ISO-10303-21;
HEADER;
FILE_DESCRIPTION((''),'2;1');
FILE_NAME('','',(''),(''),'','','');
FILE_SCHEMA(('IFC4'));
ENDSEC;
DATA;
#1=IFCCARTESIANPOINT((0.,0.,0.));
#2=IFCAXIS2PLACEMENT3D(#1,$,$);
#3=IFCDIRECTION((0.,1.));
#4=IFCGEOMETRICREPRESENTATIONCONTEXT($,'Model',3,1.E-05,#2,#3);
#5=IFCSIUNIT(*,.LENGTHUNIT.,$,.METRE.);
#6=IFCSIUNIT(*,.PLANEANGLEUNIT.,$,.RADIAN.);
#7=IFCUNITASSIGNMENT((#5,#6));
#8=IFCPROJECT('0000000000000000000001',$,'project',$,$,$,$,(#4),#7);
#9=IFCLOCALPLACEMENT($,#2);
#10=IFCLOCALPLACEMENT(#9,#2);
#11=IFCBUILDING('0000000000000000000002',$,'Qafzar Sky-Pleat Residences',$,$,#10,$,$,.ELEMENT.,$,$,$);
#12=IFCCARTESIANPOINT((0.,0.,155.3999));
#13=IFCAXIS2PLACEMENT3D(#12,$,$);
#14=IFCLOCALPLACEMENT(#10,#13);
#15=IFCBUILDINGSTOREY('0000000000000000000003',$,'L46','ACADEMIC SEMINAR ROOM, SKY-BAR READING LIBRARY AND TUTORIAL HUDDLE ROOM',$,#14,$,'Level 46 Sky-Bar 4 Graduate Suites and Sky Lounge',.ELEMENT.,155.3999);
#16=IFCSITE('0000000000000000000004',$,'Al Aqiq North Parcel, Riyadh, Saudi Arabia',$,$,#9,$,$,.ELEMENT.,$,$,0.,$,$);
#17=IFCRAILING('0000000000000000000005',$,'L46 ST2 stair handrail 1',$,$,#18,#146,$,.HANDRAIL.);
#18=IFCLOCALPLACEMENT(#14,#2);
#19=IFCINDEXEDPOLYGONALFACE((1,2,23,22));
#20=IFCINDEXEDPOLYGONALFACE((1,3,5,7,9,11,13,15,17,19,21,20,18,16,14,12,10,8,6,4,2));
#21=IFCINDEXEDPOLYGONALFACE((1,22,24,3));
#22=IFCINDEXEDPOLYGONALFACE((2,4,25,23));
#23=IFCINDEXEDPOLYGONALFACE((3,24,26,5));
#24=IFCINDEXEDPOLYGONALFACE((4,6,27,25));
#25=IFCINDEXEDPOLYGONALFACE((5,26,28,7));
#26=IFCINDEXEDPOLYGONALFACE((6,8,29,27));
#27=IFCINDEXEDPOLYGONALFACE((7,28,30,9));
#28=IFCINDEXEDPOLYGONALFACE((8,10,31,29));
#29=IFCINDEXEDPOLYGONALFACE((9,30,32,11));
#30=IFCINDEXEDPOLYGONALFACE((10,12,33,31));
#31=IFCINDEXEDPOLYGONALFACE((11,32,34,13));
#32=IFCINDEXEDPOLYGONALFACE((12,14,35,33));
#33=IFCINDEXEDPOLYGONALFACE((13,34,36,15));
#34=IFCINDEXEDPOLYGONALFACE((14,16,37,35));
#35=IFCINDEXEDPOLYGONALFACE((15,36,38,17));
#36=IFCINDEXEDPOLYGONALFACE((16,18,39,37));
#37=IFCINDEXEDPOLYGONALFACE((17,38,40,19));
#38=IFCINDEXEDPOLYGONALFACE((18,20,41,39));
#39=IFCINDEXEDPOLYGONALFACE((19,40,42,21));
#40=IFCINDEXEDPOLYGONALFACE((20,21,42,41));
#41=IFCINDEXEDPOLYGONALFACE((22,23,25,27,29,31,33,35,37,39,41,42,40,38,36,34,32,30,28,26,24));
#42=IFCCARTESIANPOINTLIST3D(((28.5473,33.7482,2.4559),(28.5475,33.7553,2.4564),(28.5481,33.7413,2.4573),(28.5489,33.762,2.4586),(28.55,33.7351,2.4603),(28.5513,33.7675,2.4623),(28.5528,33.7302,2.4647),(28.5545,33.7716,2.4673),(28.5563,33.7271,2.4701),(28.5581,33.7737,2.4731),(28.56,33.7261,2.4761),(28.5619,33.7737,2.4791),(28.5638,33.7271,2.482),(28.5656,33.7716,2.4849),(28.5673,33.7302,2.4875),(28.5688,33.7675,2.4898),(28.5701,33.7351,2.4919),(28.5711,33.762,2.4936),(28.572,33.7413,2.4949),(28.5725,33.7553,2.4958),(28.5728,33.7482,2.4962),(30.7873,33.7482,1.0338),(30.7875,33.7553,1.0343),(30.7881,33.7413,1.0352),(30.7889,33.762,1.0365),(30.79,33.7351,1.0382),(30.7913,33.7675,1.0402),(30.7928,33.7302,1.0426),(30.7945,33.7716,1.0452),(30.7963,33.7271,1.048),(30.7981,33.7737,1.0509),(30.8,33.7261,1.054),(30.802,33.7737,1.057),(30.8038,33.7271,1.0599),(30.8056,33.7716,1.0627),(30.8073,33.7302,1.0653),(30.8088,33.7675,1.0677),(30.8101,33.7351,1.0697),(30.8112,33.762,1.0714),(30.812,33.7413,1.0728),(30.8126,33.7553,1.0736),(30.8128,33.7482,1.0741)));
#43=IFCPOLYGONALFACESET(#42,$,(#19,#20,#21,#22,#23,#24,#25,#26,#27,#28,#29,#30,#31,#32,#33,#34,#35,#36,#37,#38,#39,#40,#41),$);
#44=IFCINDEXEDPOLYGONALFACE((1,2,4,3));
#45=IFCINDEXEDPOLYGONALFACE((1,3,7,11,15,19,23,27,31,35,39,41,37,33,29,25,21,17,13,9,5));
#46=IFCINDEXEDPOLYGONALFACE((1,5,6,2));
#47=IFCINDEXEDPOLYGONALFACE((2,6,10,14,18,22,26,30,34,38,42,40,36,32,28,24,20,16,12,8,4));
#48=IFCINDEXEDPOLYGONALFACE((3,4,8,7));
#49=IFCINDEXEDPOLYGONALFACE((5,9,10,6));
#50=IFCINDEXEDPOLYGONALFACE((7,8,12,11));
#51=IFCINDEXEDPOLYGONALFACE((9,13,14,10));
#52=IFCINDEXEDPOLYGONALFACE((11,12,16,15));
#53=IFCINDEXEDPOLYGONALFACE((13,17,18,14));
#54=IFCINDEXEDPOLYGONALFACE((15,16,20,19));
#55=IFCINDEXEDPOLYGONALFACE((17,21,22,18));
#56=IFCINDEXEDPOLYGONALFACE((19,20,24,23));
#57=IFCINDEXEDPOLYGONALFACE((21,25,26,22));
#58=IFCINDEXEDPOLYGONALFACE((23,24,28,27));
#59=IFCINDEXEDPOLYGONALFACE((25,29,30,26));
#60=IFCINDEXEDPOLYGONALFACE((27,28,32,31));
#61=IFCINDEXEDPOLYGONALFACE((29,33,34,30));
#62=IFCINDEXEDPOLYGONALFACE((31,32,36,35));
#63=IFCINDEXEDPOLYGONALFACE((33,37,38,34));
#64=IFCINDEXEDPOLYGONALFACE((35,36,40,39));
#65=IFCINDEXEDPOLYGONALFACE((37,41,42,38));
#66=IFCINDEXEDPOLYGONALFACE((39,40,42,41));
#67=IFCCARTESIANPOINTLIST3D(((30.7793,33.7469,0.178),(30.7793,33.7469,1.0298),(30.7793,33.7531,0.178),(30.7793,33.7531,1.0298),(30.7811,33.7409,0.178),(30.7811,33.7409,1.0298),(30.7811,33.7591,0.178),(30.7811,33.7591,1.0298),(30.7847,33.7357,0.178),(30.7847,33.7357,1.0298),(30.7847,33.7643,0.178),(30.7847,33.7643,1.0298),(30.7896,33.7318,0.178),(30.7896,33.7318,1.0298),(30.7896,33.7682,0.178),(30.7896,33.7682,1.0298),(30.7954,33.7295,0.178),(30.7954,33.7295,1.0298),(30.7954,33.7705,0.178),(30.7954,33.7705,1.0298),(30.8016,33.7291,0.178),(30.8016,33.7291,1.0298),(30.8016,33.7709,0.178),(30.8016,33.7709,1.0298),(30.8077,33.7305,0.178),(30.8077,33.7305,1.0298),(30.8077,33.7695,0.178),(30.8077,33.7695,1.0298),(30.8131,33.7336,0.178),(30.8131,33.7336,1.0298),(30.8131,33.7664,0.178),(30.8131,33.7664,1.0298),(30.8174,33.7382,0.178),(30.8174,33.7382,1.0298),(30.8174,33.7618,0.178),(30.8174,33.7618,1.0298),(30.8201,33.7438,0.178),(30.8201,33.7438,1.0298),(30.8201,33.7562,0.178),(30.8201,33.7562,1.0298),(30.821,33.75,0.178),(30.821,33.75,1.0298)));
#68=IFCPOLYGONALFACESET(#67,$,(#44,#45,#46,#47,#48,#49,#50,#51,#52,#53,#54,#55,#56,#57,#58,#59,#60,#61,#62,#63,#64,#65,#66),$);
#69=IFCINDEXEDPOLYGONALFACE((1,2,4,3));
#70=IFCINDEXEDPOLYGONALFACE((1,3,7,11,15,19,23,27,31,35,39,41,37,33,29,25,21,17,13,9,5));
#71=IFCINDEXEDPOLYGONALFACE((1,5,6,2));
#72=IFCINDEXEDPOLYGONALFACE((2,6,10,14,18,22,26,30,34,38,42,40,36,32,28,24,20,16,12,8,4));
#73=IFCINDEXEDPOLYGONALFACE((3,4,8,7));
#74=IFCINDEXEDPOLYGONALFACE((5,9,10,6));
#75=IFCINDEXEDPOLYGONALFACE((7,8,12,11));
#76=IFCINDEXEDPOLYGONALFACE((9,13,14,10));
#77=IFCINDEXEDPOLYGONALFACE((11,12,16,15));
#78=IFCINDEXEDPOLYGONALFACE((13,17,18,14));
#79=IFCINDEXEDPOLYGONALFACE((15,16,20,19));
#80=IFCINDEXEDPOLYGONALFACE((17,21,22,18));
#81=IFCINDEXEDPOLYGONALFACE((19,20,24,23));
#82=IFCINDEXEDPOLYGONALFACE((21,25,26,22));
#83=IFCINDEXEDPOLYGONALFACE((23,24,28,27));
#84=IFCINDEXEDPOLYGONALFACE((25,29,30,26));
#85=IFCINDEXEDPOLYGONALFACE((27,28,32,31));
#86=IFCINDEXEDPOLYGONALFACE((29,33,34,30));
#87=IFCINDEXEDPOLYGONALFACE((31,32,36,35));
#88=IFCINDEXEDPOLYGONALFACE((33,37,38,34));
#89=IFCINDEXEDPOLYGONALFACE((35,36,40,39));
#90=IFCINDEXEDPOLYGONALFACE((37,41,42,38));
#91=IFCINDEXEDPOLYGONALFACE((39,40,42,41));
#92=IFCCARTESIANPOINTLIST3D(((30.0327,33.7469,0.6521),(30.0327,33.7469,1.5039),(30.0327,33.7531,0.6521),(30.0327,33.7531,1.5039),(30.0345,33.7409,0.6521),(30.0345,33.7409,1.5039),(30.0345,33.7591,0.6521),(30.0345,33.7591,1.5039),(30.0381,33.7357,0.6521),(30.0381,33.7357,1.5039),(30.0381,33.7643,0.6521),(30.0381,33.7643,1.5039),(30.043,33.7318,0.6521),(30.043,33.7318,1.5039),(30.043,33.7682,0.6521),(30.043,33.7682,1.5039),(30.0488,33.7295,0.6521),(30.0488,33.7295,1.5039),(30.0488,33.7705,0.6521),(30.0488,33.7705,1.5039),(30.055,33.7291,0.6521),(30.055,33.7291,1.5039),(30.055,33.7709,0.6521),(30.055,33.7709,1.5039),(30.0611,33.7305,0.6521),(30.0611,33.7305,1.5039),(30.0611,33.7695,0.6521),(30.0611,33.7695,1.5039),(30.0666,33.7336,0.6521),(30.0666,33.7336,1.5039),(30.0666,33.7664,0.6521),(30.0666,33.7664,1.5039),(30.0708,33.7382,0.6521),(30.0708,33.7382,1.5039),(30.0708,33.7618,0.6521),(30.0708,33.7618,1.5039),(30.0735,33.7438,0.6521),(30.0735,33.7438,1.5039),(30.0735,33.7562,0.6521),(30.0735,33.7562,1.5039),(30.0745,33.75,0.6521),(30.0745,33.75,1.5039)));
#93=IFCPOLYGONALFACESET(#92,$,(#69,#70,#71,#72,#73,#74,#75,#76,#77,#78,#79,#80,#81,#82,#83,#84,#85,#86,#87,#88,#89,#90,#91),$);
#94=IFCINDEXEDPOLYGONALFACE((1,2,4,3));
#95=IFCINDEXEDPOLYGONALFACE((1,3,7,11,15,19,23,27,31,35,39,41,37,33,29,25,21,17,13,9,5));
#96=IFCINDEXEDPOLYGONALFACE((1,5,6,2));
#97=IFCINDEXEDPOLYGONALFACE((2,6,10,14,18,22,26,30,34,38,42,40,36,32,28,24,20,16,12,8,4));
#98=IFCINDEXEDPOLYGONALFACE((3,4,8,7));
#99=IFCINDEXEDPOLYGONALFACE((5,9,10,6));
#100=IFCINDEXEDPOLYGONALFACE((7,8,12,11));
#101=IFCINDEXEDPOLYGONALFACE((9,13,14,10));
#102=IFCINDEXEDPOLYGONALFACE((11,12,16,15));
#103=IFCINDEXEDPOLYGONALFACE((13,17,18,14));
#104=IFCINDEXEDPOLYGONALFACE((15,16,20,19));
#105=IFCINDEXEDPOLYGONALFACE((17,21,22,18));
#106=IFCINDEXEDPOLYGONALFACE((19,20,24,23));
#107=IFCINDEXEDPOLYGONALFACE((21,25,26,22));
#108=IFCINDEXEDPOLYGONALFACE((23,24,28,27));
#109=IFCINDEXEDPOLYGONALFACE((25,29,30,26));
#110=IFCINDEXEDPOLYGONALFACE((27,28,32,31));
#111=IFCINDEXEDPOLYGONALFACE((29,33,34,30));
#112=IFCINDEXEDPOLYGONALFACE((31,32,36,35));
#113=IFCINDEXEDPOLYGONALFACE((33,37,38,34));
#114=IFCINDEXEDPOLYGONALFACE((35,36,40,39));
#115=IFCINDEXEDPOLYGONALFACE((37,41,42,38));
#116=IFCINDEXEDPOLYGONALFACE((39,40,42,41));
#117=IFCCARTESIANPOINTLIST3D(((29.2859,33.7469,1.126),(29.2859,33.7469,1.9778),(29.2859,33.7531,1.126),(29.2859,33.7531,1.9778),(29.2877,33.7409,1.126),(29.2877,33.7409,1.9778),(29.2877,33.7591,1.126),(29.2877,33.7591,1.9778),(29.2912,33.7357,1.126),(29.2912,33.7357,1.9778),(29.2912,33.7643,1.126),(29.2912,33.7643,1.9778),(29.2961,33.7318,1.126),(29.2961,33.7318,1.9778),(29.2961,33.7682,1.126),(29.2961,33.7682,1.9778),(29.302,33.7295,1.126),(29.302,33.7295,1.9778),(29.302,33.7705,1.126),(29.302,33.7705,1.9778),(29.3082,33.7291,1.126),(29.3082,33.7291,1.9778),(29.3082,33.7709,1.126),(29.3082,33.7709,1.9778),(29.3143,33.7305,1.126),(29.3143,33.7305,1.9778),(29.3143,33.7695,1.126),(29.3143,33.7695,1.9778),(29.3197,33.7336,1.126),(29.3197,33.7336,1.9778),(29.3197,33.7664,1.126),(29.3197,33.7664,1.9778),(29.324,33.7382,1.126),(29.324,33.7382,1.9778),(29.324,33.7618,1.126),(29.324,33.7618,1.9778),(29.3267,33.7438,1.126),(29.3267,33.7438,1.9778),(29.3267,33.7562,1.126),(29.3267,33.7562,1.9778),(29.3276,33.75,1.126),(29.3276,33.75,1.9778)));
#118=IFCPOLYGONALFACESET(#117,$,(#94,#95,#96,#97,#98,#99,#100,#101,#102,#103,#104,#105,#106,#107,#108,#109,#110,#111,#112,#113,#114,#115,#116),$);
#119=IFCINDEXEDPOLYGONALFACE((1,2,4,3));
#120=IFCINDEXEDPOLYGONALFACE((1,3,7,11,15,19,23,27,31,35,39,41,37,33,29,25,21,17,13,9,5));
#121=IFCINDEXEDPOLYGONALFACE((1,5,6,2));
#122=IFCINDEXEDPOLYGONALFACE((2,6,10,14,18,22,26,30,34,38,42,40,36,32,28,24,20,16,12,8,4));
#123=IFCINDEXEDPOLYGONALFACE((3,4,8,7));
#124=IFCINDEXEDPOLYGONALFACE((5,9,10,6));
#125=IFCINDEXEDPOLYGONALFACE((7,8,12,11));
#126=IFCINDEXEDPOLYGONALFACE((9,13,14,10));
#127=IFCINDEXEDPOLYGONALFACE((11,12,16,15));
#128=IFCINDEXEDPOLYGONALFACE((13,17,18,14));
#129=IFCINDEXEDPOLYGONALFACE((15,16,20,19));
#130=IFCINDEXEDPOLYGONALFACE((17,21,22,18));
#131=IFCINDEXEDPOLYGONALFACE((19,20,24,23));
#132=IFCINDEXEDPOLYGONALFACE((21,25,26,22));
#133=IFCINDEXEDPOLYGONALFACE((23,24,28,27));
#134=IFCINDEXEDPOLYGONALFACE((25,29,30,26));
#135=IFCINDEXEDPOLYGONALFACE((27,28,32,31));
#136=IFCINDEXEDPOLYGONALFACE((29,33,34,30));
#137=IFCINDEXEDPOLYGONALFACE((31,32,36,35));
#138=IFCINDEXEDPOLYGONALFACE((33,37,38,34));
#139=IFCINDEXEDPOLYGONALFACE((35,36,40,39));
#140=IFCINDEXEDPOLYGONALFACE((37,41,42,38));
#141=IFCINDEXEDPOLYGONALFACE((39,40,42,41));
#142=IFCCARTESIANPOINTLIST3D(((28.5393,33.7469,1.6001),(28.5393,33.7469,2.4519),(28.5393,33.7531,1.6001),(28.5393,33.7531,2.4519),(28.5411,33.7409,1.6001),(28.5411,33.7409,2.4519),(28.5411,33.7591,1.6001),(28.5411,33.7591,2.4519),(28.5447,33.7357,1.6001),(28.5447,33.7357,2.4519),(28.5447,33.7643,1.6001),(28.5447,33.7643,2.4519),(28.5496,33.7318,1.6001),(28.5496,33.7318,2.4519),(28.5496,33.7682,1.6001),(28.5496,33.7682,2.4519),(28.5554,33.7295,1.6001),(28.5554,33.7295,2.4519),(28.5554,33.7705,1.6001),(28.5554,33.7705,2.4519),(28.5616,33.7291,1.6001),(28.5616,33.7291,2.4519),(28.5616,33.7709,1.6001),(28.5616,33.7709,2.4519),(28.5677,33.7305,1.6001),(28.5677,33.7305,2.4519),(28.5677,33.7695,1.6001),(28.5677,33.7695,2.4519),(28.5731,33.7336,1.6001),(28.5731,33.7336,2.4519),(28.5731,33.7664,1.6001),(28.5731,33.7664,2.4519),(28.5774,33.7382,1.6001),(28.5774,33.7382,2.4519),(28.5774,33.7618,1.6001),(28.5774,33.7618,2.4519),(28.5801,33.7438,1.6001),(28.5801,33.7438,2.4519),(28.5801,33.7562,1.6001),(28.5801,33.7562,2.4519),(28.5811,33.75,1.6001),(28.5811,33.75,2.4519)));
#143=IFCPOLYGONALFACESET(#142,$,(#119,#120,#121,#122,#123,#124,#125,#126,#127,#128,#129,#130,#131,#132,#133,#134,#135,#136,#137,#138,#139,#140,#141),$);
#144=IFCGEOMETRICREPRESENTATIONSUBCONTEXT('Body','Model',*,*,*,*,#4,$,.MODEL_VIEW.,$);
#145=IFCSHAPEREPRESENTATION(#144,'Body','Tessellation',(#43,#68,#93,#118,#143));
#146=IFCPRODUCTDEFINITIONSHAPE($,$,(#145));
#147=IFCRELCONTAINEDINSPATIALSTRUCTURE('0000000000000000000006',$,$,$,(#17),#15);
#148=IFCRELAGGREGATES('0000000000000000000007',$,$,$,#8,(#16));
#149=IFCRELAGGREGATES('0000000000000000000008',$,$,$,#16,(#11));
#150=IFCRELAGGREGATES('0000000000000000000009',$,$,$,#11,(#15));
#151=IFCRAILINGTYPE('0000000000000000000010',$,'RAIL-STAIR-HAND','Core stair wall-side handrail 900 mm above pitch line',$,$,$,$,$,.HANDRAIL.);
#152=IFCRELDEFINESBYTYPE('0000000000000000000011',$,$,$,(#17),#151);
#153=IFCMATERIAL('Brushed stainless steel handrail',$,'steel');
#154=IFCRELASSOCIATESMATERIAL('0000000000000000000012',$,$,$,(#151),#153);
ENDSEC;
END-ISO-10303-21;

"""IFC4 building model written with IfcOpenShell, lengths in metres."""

from ifc_helpers import new_model, si_unit, direction, frame, origin, origin_2d, place, context, subcontext, project, spatial, circle, extrude, source, transform, mapped, material, type_object, element, save


model = new_model("IFC4")

# Units and contexts
model_context = context("Model", 3, precision=1e-05, world=origin(), true_north=direction((0.0, 1.0)))
body_context = subcontext(model_context, "Body", "Model", "MODEL_VIEW")
ifc_project = project(units=[si_unit("LENGTHUNIT", "METRE"), si_unit("PLANEANGLEUNIT", "RADIAN")], contexts=[model_context])

# Site, building, storey
site_placement = place(None, origin())
site = spatial("IfcSite", under=ifc_project, at=site_placement, Name="Al Aqiq North Parcel, Riyadh, Saudi Arabia", CompositionType="ELEMENT", RefElevation=0.0)
building_placement = place(site_placement, origin())
building = spatial("IfcBuilding", under=site, at=building_placement, Name="Qafzar Sky-Pleat Residences", CompositionType="ELEMENT")
storey_placement = place(building_placement, frame((0.0, 0.0, 155.3999)))
storey = spatial("IfcBuildingStorey", under=building, at=storey_placement, Name="L46", Description="ACADEMIC SEMINAR ROOM, SKY-BAR READING LIBRARY AND TUTORIAL HUDDLE ROOM", LongName="Level 46 Sky-Bar 4 Graduate Suites and Sky Lounge", CompositionType="ELEMENT", Elevation=155.3999)

# Railing
ifc_material_1 = material(Name="Brushed stainless steel handrail", Category="steel")
railing_type_1 = type_object("IfcRailingType", Name="RAIL-STAIR-HAND", Description="Core stair wall-side handrail 900 mm above pitch line", PredefinedType="HANDRAIL", material=ifc_material_1)
shared_shape_1 = source(origin(), body_context, "Body", "SweptSolid", [
    extrude(circle(Radius=0.0239, at=origin_2d()), frame((0.0, 0.0, 0.876), z_axis=(-0.844229, 0.0, 0.535982), x_axis=(0.0, -1.0, 0.0)), (0.0, 0.0, 1.0), 2.6533),
    extrude(circle(Radius=0.021, at=origin_2d()), origin(), (0.0, 0.0, 1.0), 0.8518),
    extrude(circle(Radius=0.021, at=origin_2d()), frame((-0.7466, 0.0, 0.4741)), (0.0, 0.0, 1.0), 0.8518),
    extrude(circle(Radius=0.021, at=origin_2d()), frame((-1.4934, 0.0, 0.948)), (0.0, 0.0, 1.0), 0.8518),
    extrude(circle(Radius=0.021, at=origin_2d()), frame((-2.24, 0.0, 1.4221)), (0.0, 0.0, 1.0), 0.8518),
])
railing_1_placement = place(storey_placement, frame((30.8, 33.75, 0.178)))
element("IfcRailing", 1, at=railing_1_placement, inside=storey, type_object=railing_type_1, Name="L46 ST2 stair handrail 1", PredefinedType="HANDRAIL", context=body_context, shape_type="MappedRepresentation", body=[
    mapped(shared_shape_1, transform((0.0, 0.0, 0.0), x_axis=(1.0, 0.0, 0.0), y_axis=(0.0, 1.0, 0.0), z_axis=(0.0, 0.0, 1.0), scale=1.0)),
])

save(model, "model.ifc")
